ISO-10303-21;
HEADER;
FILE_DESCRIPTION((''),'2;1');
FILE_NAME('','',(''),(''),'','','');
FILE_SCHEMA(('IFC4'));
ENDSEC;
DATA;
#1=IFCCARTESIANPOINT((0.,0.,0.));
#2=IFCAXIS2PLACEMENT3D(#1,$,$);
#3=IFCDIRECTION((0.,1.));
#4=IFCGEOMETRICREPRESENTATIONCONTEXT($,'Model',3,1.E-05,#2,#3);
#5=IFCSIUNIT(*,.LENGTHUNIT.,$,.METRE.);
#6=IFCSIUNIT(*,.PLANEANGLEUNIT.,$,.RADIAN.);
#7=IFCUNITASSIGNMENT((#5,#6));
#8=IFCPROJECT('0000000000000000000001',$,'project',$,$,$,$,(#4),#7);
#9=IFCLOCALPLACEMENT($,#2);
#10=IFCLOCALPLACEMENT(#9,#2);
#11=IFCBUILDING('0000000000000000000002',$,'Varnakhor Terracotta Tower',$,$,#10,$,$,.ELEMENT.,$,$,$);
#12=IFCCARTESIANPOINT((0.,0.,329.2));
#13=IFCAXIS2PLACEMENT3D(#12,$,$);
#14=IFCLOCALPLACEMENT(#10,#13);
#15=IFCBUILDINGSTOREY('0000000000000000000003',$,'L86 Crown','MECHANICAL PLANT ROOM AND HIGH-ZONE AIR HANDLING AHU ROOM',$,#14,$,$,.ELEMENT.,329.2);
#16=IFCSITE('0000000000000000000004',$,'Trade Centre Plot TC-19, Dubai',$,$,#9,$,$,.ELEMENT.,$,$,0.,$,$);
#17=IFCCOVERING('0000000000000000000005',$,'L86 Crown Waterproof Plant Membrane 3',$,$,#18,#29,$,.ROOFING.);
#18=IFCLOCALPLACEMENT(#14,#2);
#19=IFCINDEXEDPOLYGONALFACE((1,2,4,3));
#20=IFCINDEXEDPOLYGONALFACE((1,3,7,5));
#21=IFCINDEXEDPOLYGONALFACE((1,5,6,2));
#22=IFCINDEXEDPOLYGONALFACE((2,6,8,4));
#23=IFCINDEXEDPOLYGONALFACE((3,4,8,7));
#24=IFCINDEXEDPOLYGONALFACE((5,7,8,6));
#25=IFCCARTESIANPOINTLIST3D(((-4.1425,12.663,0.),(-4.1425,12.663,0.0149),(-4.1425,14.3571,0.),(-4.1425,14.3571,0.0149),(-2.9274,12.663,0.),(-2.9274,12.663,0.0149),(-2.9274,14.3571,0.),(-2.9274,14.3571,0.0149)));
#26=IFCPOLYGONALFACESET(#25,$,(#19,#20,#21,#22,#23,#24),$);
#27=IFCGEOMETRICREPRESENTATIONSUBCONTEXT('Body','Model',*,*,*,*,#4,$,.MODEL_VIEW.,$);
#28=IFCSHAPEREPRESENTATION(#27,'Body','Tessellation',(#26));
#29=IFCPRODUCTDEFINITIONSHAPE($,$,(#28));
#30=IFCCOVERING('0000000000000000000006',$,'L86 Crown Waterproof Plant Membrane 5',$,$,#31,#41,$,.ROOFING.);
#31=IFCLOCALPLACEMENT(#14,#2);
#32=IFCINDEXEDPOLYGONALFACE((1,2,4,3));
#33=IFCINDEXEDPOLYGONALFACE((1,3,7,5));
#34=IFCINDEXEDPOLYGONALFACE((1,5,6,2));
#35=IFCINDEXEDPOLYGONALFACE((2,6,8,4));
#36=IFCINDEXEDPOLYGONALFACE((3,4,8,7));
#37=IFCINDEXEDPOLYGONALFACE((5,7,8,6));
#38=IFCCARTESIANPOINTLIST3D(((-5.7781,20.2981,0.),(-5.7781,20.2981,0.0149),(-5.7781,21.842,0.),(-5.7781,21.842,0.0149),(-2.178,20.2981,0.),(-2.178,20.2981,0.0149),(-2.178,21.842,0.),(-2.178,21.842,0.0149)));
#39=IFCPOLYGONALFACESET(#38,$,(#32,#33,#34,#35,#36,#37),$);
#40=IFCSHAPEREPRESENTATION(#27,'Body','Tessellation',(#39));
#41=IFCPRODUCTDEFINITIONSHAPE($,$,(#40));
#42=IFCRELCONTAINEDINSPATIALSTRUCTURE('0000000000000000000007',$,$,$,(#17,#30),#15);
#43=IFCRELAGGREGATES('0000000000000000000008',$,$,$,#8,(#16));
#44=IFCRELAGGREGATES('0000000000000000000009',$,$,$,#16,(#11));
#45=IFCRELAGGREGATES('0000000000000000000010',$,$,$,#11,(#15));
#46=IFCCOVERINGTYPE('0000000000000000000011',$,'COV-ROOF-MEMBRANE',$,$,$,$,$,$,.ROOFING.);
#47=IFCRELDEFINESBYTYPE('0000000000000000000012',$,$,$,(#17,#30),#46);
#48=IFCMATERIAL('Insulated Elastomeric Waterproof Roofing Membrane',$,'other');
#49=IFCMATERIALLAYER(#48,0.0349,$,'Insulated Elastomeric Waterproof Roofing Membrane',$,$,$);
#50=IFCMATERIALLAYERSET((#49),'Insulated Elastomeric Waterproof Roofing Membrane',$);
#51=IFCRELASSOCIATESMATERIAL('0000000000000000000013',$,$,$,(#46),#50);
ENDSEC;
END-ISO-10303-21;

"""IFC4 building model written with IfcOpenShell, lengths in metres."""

from ifc_helpers import new_model, si_unit, direction, frame, origin, origin_2d, place, context, subcontext, project, spatial, rectangle, extrude, source, transform, mapped, material, layer, layer_set, type_object, element, save


model = new_model("IFC4")

# Units and contexts
model_context = context("Model", 3, precision=1e-05, world=origin(), true_north=direction((0.0, 1.0)))
body_context = subcontext(model_context, "Body", "Model", "MODEL_VIEW")
ifc_project = project(units=[si_unit("LENGTHUNIT", "METRE"), si_unit("PLANEANGLEUNIT", "RADIAN")], contexts=[model_context])

# Site, building, storey
site_placement = place(None, origin())
site = spatial("IfcSite", under=ifc_project, at=site_placement, Name="Trade Centre Plot TC-19, Dubai", CompositionType="ELEMENT", RefElevation=0.0)
building_placement = place(site_placement, origin())
building = spatial("IfcBuilding", under=site, at=building_placement, Name="Varnakhor Terracotta Tower", CompositionType="ELEMENT")
storey_placement = place(building_placement, frame((0.0, 0.0, 329.2)))
storey = spatial("IfcBuildingStorey", under=building, at=storey_placement, Name="L86 Crown", Description="MECHANICAL PLANT ROOM AND HIGH-ZONE AIR HANDLING AHU ROOM", CompositionType="ELEMENT", Elevation=329.2)

# Coverings
ifc_material_1 = material(Name="Insulated Elastomeric Waterproof Roofing Membrane", Category="other")
ifc_layer_1 = layer(ifc_material_1, 0.0349, Name="Insulated Elastomeric Waterproof Roofing Membrane")
ifc_layer_set_1 = layer_set([ifc_layer_1], Name="Insulated Elastomeric Waterproof Roofing Membrane")
covering_type = type_object("IfcCoveringType", Name="COV-ROOF-MEMBRANE", PredefinedType="ROOFING", material=ifc_layer_set_1)
shared_shape_1 = source(origin(), body_context, "Body", "SweptSolid", [
    extrude(rectangle(XDim=1.2151, YDim=1.6941, at=origin_2d()), origin(), (0.0, 0.0, 1.0), 0.0149),
])
covering_1_placement = place(storey_placement, frame((-3.5349, 13.51, 0.0), z_axis=(0.0, 0.0, 1.0), x_axis=(1.0, 0.0, 0.0)))
element("IfcCovering", 1, at=covering_1_placement, inside=storey, type_object=covering_type, Name="L86 Crown Waterproof Plant Membrane 3", PredefinedType="ROOFING", context=body_context, shape_type="MappedRepresentation", body=[
    mapped(shared_shape_1, transform((0.0, 0.0, 0.0), scale=1.0)),
])
shared_shape_2 = source(origin(), body_context, "Body", "SweptSolid", [
    extrude(rectangle(XDim=3.6001, YDim=1.5439, at=origin_2d()), origin(), (0.0, 0.0, 1.0), 0.0149),
])
covering_2_placement = place(storey_placement, frame((-3.978, 21.0701, 0.0), z_axis=(0.0, 0.0, 1.0), x_axis=(1.0, 0.0, 0.0)))
element("IfcCovering", 2, at=covering_2_placement, inside=storey, type_object=covering_type, Name="L86 Crown Waterproof Plant Membrane 5", PredefinedType="ROOFING", context=body_context, shape_type="MappedRepresentation", body=[
    mapped(shared_shape_2, transform((0.0, 0.0, 0.0), scale=1.0)),
])

save(model, "model.ifc")
